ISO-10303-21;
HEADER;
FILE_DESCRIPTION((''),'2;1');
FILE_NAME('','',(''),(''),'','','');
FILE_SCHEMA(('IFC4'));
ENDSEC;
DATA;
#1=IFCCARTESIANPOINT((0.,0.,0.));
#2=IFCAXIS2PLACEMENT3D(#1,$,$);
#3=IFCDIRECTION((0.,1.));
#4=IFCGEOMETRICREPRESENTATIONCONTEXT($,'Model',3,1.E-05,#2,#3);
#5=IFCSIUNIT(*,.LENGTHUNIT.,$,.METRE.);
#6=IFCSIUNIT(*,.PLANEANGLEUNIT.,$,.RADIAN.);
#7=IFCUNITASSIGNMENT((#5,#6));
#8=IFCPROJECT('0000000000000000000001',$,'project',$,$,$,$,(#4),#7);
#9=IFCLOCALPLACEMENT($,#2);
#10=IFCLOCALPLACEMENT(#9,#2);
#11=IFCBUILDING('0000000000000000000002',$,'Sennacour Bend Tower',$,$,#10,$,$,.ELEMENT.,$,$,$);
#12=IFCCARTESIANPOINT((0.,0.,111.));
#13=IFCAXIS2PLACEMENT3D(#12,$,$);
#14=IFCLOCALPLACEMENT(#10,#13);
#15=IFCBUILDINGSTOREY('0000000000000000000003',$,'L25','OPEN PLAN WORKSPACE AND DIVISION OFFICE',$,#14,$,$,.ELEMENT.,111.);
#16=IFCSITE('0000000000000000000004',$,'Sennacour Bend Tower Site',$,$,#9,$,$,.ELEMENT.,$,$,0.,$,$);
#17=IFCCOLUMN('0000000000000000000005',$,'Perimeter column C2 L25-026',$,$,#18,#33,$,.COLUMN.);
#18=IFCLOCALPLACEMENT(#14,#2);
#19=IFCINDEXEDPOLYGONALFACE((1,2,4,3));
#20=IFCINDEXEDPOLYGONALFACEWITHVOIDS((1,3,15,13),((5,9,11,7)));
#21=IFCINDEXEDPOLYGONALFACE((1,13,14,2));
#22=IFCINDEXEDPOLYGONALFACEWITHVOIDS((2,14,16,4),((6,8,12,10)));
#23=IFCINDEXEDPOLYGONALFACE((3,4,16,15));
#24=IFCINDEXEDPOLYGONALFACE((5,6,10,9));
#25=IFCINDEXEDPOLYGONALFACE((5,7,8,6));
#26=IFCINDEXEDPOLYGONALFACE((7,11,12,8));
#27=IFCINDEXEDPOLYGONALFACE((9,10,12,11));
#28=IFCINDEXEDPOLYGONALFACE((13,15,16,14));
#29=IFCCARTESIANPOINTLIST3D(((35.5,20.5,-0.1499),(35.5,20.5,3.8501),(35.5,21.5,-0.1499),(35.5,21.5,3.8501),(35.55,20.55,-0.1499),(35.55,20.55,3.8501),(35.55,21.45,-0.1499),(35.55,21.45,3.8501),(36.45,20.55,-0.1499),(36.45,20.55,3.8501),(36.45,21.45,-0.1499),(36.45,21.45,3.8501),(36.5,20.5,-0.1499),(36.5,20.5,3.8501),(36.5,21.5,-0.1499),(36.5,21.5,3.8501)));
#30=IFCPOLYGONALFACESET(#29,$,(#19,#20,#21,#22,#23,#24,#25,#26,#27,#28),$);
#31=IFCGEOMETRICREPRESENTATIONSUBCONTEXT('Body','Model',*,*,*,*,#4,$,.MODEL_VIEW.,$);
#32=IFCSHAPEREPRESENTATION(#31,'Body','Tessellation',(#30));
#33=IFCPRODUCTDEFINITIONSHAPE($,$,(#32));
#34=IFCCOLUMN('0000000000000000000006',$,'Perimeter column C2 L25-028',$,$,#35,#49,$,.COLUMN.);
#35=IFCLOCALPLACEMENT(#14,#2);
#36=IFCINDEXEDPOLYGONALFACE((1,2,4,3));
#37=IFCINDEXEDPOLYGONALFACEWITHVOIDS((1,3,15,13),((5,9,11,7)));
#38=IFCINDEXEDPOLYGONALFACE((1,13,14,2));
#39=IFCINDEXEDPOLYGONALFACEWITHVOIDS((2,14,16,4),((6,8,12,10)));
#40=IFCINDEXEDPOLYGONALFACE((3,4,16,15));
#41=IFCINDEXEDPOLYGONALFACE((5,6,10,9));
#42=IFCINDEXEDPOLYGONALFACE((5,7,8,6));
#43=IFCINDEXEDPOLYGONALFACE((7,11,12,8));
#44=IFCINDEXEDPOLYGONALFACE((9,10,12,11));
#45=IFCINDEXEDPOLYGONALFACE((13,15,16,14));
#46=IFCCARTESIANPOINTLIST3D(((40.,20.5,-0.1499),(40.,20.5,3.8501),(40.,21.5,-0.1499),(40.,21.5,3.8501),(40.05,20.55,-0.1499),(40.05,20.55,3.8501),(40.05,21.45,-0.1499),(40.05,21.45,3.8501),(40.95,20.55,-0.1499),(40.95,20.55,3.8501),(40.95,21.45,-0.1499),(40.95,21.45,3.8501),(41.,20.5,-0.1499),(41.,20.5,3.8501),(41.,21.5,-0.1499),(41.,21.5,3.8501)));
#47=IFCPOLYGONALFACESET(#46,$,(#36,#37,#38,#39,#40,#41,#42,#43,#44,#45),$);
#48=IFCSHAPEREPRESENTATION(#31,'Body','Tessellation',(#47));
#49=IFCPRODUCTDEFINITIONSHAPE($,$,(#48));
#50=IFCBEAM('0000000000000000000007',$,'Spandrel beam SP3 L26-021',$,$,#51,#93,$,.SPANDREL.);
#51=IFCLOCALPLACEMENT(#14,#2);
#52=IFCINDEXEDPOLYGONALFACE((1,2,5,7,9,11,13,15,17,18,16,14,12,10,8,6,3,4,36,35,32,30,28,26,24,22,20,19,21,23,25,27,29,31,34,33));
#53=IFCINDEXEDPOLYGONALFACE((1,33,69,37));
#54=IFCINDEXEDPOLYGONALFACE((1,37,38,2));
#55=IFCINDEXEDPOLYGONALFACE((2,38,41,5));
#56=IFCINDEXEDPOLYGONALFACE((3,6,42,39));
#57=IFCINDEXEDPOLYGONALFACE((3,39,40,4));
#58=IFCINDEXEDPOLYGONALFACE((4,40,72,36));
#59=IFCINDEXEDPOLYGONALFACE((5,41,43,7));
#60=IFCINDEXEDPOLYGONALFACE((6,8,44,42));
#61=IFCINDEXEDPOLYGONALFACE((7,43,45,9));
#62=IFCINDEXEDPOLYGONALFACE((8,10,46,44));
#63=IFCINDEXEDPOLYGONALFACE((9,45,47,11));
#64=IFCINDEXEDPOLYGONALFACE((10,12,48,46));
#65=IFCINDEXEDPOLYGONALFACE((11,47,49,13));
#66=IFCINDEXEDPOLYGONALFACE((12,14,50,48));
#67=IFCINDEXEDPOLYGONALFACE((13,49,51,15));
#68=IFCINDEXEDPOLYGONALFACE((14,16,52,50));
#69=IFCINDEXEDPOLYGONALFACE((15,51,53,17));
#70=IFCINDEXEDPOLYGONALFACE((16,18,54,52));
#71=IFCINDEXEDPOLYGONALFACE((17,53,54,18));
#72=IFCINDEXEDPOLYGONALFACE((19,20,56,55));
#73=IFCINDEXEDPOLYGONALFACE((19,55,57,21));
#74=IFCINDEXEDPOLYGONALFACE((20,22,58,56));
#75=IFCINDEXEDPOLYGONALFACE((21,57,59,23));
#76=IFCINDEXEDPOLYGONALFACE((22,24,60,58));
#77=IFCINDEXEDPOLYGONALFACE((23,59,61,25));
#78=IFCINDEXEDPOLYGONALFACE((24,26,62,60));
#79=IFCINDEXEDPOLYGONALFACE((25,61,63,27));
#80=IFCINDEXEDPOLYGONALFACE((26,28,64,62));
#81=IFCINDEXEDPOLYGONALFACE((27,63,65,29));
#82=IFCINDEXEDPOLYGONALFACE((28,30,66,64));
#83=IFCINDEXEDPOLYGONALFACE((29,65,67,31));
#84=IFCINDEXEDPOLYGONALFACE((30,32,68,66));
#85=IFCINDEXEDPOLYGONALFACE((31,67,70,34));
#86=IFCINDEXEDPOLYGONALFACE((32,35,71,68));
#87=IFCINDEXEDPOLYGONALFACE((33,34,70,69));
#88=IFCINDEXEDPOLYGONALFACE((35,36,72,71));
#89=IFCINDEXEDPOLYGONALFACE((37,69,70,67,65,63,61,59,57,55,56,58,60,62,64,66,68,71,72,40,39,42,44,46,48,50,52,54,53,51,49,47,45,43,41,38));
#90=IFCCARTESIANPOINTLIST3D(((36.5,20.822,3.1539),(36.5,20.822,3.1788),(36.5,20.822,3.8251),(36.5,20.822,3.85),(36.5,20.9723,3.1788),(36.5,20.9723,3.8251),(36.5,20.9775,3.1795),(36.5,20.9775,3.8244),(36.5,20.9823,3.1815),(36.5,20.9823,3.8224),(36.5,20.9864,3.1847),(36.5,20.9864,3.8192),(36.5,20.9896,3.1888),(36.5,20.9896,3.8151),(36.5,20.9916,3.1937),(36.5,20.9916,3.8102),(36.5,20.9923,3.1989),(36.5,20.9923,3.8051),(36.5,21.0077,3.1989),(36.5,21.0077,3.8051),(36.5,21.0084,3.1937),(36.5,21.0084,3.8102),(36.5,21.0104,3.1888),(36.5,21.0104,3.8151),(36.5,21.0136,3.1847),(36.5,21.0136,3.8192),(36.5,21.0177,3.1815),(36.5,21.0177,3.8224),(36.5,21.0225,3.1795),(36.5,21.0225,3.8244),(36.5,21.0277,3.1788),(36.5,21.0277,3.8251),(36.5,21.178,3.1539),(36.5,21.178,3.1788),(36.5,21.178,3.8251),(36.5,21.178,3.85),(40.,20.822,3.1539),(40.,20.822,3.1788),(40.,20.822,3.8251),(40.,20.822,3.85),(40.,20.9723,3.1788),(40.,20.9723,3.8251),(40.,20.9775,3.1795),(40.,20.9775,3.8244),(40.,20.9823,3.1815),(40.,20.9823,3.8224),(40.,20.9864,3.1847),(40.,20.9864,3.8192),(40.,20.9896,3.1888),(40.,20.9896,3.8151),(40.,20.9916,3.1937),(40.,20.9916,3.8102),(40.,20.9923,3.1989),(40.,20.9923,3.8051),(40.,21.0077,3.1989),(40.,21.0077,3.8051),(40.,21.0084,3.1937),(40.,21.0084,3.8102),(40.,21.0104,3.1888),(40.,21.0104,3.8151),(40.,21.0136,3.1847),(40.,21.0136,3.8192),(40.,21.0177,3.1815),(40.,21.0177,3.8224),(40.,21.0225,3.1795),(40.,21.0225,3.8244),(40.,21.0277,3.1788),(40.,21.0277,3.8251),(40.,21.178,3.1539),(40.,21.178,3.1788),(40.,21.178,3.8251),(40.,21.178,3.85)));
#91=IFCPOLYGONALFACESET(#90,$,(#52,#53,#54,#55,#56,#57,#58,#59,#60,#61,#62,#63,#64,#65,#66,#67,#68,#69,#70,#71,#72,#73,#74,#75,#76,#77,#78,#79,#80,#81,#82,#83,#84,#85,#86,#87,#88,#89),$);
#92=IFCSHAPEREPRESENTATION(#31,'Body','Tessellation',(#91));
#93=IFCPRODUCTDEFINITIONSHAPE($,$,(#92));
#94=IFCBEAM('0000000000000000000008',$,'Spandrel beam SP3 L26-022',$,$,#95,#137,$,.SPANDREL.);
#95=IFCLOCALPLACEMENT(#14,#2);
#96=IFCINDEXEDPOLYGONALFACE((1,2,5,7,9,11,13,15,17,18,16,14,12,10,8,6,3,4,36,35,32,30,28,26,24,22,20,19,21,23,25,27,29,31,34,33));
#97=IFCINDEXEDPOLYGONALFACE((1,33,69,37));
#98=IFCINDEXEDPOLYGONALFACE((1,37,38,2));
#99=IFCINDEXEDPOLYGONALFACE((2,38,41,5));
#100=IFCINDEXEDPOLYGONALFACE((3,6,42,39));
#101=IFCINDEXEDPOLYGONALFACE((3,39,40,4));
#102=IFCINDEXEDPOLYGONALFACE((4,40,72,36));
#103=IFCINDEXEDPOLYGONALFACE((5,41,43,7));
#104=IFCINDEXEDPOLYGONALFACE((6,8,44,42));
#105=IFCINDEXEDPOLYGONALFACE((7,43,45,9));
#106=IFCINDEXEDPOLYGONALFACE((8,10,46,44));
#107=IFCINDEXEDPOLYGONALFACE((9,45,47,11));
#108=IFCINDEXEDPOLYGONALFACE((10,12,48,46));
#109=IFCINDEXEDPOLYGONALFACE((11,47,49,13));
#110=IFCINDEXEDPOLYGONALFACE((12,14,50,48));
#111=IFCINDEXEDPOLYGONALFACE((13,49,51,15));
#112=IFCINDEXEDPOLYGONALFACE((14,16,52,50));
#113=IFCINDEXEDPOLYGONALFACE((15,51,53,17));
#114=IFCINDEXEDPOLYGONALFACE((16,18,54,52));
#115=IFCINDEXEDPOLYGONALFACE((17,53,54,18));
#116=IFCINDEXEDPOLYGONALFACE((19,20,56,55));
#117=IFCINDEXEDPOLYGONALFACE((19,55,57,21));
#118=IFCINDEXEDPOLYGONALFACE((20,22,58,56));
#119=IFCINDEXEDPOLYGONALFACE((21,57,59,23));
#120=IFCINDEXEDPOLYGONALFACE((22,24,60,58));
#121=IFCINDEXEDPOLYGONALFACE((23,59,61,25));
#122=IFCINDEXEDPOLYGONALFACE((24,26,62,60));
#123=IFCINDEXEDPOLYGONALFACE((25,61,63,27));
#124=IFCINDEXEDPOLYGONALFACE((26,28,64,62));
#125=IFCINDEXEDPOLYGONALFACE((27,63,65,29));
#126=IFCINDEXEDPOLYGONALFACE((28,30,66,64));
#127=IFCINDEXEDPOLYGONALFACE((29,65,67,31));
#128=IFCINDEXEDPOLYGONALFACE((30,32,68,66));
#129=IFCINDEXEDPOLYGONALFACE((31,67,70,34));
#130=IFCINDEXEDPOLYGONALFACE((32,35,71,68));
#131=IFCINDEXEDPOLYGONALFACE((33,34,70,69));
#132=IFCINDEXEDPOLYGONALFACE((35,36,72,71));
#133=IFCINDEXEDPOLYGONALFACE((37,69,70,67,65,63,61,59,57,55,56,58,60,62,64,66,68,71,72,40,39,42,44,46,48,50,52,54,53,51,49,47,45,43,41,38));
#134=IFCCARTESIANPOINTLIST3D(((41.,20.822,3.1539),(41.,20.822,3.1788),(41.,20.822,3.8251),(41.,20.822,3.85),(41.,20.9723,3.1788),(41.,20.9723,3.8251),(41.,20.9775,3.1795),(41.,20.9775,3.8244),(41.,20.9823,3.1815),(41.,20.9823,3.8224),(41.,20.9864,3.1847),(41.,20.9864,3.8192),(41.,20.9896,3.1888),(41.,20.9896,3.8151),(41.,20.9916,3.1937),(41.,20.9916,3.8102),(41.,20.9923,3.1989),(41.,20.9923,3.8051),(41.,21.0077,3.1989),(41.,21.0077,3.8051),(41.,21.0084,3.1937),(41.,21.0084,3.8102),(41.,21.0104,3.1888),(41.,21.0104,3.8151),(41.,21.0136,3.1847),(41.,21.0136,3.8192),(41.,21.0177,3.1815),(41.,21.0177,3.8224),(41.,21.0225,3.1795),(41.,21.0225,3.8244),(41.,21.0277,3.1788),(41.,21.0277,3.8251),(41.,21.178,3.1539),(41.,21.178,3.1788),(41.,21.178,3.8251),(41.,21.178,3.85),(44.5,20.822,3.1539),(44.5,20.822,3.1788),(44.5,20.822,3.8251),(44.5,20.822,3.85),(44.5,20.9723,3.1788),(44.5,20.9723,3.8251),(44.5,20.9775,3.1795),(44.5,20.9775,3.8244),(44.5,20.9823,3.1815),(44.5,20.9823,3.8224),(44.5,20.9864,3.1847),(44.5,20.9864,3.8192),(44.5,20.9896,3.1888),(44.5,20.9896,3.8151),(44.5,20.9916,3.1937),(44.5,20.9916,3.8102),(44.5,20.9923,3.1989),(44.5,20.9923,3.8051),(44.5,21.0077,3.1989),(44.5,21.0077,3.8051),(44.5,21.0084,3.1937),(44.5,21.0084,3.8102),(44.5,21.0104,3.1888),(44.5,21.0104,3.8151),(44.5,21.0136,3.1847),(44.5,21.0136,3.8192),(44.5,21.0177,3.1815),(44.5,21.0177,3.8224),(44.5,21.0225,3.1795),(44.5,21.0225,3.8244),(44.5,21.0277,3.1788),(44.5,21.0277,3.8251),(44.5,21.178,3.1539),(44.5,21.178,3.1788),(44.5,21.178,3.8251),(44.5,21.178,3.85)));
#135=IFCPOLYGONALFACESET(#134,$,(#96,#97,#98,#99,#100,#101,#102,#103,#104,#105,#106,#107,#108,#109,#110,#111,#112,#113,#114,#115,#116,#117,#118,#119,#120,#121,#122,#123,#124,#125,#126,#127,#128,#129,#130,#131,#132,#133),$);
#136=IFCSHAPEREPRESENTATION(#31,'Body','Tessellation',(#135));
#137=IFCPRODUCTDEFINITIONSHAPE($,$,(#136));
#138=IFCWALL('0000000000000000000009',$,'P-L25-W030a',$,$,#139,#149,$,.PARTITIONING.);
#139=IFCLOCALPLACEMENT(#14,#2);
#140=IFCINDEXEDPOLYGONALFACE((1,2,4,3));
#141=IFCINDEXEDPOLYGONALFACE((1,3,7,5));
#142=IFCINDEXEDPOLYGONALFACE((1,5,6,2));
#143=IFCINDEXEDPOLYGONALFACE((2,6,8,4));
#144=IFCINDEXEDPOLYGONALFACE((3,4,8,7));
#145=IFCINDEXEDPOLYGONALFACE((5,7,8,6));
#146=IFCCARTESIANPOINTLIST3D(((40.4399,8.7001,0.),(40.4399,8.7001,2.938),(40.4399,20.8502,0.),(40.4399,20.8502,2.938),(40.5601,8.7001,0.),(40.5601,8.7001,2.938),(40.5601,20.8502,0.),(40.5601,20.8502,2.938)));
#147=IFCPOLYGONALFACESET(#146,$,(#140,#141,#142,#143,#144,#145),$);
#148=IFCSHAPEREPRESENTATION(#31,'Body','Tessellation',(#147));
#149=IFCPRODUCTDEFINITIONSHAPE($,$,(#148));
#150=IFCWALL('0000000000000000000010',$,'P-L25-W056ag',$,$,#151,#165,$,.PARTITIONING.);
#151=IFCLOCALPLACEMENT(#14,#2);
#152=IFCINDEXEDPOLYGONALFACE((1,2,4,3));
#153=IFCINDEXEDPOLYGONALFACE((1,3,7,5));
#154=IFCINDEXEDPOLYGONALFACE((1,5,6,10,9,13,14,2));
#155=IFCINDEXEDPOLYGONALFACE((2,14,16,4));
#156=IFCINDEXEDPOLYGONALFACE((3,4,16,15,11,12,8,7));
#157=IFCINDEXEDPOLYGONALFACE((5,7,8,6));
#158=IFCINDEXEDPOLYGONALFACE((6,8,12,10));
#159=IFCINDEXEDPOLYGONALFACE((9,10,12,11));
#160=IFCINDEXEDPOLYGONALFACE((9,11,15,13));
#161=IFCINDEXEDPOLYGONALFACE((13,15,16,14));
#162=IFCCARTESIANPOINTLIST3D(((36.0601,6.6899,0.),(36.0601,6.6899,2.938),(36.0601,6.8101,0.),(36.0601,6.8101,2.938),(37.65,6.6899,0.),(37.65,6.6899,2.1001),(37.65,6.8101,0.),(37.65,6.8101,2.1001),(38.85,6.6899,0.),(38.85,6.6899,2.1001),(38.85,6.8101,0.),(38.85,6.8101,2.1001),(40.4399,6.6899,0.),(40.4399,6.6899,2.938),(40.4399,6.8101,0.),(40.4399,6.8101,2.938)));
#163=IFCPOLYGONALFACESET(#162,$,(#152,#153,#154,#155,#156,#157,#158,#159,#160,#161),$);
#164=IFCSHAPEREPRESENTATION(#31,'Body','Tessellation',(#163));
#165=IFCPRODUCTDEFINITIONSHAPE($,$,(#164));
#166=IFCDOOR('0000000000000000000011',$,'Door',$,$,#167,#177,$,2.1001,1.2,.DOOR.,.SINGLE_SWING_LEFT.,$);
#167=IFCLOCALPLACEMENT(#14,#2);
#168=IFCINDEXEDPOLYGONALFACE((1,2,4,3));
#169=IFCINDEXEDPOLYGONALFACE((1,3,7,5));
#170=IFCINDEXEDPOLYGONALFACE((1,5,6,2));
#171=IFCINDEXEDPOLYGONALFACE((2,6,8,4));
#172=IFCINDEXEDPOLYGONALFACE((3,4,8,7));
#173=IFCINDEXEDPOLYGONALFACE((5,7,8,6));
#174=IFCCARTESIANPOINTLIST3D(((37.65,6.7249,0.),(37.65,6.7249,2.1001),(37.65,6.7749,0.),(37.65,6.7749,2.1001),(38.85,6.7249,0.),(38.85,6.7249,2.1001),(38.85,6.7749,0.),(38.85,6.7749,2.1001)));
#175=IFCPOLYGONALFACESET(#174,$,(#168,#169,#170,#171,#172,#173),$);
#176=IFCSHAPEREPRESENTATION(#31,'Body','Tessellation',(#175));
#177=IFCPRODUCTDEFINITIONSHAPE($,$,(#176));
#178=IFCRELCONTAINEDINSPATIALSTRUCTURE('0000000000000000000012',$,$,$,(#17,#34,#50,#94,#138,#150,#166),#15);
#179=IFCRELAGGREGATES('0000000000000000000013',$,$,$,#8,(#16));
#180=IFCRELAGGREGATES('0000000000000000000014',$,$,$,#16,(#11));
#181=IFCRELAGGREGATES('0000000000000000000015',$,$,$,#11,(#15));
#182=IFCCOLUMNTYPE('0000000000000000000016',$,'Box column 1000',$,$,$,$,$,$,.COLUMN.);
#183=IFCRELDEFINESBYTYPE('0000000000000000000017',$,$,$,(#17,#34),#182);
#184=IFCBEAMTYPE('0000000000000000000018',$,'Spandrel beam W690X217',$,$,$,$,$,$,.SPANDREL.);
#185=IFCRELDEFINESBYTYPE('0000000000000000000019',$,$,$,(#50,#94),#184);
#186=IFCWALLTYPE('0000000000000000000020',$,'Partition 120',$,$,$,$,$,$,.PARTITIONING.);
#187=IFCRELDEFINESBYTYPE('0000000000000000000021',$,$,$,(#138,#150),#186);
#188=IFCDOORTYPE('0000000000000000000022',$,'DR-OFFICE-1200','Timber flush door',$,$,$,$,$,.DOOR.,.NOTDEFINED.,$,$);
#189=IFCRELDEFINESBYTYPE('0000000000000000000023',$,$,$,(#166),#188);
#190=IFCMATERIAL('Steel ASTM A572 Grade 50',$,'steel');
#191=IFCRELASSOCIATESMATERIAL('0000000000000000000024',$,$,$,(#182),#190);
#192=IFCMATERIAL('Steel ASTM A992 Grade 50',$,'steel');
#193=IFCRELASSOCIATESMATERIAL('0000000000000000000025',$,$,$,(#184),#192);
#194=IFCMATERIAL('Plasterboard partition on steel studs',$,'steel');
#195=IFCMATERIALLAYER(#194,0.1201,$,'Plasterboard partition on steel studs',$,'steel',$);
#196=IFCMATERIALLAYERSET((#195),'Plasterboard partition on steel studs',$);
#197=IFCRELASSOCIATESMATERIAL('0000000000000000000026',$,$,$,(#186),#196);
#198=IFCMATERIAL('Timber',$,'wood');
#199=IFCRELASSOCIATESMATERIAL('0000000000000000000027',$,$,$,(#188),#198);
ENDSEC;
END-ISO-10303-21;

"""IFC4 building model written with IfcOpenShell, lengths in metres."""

from ifc_helpers import new_model, si_unit, direction, frame, frame_2d, origin, origin_2d, place, context, subcontext, project, spatial, rectangle, hollow_rectangle, i_section, extrude, material, layer, layer_set, material_profile, profile_set, type_object, element, fill, save


model = new_model("IFC4")

# Units and contexts
model_context = context("Model", 3, precision=1e-05, world=origin(), true_north=direction((0.0, 1.0)))
body_context = subcontext(model_context, "Body", "Model", "MODEL_VIEW")
ifc_project = project(units=[si_unit("LENGTHUNIT", "METRE"), si_unit("PLANEANGLEUNIT", "RADIAN")], contexts=[model_context])

# Site, building, storey
site_placement = place(None, origin())
site = spatial("IfcSite", under=ifc_project, at=site_placement, Name="Sennacour Bend Tower Site", CompositionType="ELEMENT", RefElevation=0.0)
building_placement = place(site_placement, origin())
building = spatial("IfcBuilding", under=site, at=building_placement, Name="Sennacour Bend Tower", CompositionType="ELEMENT")
storey_placement = place(building_placement, frame((0.0, 0.0, 111.0)))
storey = spatial("IfcBuildingStorey", under=building, at=storey_placement, Name="L25", Description="OPEN PLAN WORKSPACE AND DIVISION OFFICE", CompositionType="ELEMENT", Elevation=111.0)

# Columns
ifc_material_1 = material(Name="Steel ASTM A572 Grade 50", Category="steel")
ifc_material_profile_1 = material_profile(ifc_material_1, hollow_rectangle(XDim=1.0, YDim=1.0, WallThickness=0.05, at=origin_2d()), Name="Steel ASTM A572 Grade 50", Category="steel")
ifc_profile_set_1 = profile_set([ifc_material_profile_1], Name="Steel ASTM A572 Grade 50")
column_type = type_object("IfcColumnType", Name="Box column 1000", PredefinedType="COLUMN", material=ifc_profile_set_1)
for number, where, z_axis, x_axis, name in (
    (1, (36.0, 21.0, -0.1499), (0.0, 0.0, 1.0), (1.0, 0.0, 0.0), "Perimeter column C2 L25-026"),
    (2, (40.5, 21.0, -0.1499), (0.0, 0.0, 1.0), (1.0, 0.0, 0.0), "Perimeter column C2 L25-028"),
):
    element("IfcColumn", number, at=place(storey_placement, frame(where, z_axis=z_axis, x_axis=x_axis)), inside=storey, type_object=column_type, Name=name, PredefinedType="COLUMN", context=body_context, shape_type="SweptSolid", body=[
        extrude(hollow_rectangle(XDim=1.0, YDim=1.0, WallThickness=0.05, at=origin_2d()), origin(), (0.0, 0.0, 1.0), 4.0),
    ])

# Beams
ifc_material_2 = material(Name="Steel ASTM A992 Grade 50", Category="steel")
ifc_material_profile_2 = material_profile(ifc_material_2, i_section(OverallWidth=0.356, OverallDepth=0.696, WebThickness=0.0154, FlangeThickness=0.0249, FilletRadius=0.02, at=origin_2d()), Name="Steel ASTM A992 Grade 50", Category="steel")
ifc_profile_set_2 = profile_set([ifc_material_profile_2], Name="Steel ASTM A992 Grade 50")
beam_type = type_object("IfcBeamType", Name="Spandrel beam W690X217", PredefinedType="SPANDREL", material=ifc_profile_set_2)
for number, where, z_axis, x_axis, name in (
    (3, (36.5, 21.0, 3.502), (1.0, 0.0, 0.0), (0.0, 1.0, 0.0), "Spandrel beam SP3 L26-021"),
    (4, (41.0, 21.0, 3.502), (1.0, 0.0, 0.0), (0.0, 1.0, 0.0), "Spandrel beam SP3 L26-022"),
):
    element("IfcBeam", number, at=place(storey_placement, frame(where, z_axis=z_axis, x_axis=x_axis)), inside=storey, type_object=beam_type, Name=name, PredefinedType="SPANDREL", context=body_context, shape_type="SweptSolid", body=[
        extrude(i_section(OverallWidth=0.356, OverallDepth=0.696, WebThickness=0.0154, FlangeThickness=0.0249, FilletRadius=0.02, at=origin_2d()), origin(), (0.0, 0.0, 1.0), 3.5),
    ])

# Wall
ifc_material_3 = material(Name="Plasterboard partition on steel studs", Category="steel")
ifc_layer_1 = layer(ifc_material_3, 0.1201, Name="Plasterboard partition on steel studs", Category="steel")
ifc_layer_set_1 = layer_set([ifc_layer_1], Name="Plasterboard partition on steel studs")
wall_type_1 = type_object("IfcWallType", Name="Partition 120", PredefinedType="PARTITIONING", material=ifc_layer_set_1)
wall_1_placement = place(storey_placement, frame((40.5, 8.7, 0.0), z_axis=(0.0, 0.0, 1.0), x_axis=(0.0, 1.0, 0.0)))
element("IfcWall", 5, at=wall_1_placement, inside=storey, type_object=wall_type_1, Name="P-L25-W030a", PredefinedType="PARTITIONING", context=body_context, shape_type="SweptSolid", body=[
    extrude(rectangle(XDim=12.1501, YDim=0.1201, at=frame_2d((6.0752, 0.0))), origin(), (0.0, 0.0, 1.0), 2.938),
])

# Wall, opening, door
wall_2_placement = place(storey_placement, frame((36.0601, 6.75, 0.0), z_axis=(0.0, 0.0, 1.0), x_axis=(1.0, 0.0, 0.0)))
wall_2 = element("IfcWall", 6, at=wall_2_placement, inside=storey, type_object=wall_type_1, Name="P-L25-W056ag", PredefinedType="PARTITIONING", context=body_context, shape_type="SweptSolid", body=[
    extrude(rectangle(XDim=4.3799, YDim=0.1201, at=frame_2d((2.1899, 0.0))), origin(), (0.0, 0.0, 1.0), 2.938),
])
opening_1_placement = place(wall_2_placement, frame((1.5898, 0.0, 0.0)))
opening_1 = element("IfcOpeningElement", 7, at=opening_1_placement, cuts=wall_2, PredefinedType="OPENING", context=body_context, shape_type="SweptSolid", body=[
    extrude(rectangle(XDim=1.2, YDim=2.1001, at=frame_2d((0.6001, 1.05))), frame((0.0, 0.0701, 0.0), z_axis=(0.0, -1.0, 0.0), x_axis=(1.0, 0.0, 0.0)), (0.0, 0.0, 1.0), 0.1401),
])
ifc_material_4 = material(Name="Timber", Category="wood")
door_type_1 = type_object("IfcDoorType", Name="DR-OFFICE-1200", Description="Timber flush door", OperationType="NOTDEFINED", PredefinedType="DOOR", material=ifc_material_4)
door_1_placement = place(opening_1_placement, origin())
door_1 = element("IfcDoor", 8, at=door_1_placement, inside=storey, type_object=door_type_1, Name="Door", OperationType="SINGLE_SWING_LEFT", OverallHeight=2.1001, OverallWidth=1.2, PredefinedType="DOOR", context=body_context, shape_type="SweptSolid", body=[
    extrude(rectangle(XDim=1.2, YDim=2.1001, at=frame_2d((0.6001, 1.05))), frame((0.0, 0.0249, 0.0), z_axis=(0.0, -1.0, 0.0), x_axis=(1.0, 0.0, 0.0)), (0.0, 0.0, 1.0), 0.05),
])
fill(opening_1, door_1)

save(model, "model.ifc")
